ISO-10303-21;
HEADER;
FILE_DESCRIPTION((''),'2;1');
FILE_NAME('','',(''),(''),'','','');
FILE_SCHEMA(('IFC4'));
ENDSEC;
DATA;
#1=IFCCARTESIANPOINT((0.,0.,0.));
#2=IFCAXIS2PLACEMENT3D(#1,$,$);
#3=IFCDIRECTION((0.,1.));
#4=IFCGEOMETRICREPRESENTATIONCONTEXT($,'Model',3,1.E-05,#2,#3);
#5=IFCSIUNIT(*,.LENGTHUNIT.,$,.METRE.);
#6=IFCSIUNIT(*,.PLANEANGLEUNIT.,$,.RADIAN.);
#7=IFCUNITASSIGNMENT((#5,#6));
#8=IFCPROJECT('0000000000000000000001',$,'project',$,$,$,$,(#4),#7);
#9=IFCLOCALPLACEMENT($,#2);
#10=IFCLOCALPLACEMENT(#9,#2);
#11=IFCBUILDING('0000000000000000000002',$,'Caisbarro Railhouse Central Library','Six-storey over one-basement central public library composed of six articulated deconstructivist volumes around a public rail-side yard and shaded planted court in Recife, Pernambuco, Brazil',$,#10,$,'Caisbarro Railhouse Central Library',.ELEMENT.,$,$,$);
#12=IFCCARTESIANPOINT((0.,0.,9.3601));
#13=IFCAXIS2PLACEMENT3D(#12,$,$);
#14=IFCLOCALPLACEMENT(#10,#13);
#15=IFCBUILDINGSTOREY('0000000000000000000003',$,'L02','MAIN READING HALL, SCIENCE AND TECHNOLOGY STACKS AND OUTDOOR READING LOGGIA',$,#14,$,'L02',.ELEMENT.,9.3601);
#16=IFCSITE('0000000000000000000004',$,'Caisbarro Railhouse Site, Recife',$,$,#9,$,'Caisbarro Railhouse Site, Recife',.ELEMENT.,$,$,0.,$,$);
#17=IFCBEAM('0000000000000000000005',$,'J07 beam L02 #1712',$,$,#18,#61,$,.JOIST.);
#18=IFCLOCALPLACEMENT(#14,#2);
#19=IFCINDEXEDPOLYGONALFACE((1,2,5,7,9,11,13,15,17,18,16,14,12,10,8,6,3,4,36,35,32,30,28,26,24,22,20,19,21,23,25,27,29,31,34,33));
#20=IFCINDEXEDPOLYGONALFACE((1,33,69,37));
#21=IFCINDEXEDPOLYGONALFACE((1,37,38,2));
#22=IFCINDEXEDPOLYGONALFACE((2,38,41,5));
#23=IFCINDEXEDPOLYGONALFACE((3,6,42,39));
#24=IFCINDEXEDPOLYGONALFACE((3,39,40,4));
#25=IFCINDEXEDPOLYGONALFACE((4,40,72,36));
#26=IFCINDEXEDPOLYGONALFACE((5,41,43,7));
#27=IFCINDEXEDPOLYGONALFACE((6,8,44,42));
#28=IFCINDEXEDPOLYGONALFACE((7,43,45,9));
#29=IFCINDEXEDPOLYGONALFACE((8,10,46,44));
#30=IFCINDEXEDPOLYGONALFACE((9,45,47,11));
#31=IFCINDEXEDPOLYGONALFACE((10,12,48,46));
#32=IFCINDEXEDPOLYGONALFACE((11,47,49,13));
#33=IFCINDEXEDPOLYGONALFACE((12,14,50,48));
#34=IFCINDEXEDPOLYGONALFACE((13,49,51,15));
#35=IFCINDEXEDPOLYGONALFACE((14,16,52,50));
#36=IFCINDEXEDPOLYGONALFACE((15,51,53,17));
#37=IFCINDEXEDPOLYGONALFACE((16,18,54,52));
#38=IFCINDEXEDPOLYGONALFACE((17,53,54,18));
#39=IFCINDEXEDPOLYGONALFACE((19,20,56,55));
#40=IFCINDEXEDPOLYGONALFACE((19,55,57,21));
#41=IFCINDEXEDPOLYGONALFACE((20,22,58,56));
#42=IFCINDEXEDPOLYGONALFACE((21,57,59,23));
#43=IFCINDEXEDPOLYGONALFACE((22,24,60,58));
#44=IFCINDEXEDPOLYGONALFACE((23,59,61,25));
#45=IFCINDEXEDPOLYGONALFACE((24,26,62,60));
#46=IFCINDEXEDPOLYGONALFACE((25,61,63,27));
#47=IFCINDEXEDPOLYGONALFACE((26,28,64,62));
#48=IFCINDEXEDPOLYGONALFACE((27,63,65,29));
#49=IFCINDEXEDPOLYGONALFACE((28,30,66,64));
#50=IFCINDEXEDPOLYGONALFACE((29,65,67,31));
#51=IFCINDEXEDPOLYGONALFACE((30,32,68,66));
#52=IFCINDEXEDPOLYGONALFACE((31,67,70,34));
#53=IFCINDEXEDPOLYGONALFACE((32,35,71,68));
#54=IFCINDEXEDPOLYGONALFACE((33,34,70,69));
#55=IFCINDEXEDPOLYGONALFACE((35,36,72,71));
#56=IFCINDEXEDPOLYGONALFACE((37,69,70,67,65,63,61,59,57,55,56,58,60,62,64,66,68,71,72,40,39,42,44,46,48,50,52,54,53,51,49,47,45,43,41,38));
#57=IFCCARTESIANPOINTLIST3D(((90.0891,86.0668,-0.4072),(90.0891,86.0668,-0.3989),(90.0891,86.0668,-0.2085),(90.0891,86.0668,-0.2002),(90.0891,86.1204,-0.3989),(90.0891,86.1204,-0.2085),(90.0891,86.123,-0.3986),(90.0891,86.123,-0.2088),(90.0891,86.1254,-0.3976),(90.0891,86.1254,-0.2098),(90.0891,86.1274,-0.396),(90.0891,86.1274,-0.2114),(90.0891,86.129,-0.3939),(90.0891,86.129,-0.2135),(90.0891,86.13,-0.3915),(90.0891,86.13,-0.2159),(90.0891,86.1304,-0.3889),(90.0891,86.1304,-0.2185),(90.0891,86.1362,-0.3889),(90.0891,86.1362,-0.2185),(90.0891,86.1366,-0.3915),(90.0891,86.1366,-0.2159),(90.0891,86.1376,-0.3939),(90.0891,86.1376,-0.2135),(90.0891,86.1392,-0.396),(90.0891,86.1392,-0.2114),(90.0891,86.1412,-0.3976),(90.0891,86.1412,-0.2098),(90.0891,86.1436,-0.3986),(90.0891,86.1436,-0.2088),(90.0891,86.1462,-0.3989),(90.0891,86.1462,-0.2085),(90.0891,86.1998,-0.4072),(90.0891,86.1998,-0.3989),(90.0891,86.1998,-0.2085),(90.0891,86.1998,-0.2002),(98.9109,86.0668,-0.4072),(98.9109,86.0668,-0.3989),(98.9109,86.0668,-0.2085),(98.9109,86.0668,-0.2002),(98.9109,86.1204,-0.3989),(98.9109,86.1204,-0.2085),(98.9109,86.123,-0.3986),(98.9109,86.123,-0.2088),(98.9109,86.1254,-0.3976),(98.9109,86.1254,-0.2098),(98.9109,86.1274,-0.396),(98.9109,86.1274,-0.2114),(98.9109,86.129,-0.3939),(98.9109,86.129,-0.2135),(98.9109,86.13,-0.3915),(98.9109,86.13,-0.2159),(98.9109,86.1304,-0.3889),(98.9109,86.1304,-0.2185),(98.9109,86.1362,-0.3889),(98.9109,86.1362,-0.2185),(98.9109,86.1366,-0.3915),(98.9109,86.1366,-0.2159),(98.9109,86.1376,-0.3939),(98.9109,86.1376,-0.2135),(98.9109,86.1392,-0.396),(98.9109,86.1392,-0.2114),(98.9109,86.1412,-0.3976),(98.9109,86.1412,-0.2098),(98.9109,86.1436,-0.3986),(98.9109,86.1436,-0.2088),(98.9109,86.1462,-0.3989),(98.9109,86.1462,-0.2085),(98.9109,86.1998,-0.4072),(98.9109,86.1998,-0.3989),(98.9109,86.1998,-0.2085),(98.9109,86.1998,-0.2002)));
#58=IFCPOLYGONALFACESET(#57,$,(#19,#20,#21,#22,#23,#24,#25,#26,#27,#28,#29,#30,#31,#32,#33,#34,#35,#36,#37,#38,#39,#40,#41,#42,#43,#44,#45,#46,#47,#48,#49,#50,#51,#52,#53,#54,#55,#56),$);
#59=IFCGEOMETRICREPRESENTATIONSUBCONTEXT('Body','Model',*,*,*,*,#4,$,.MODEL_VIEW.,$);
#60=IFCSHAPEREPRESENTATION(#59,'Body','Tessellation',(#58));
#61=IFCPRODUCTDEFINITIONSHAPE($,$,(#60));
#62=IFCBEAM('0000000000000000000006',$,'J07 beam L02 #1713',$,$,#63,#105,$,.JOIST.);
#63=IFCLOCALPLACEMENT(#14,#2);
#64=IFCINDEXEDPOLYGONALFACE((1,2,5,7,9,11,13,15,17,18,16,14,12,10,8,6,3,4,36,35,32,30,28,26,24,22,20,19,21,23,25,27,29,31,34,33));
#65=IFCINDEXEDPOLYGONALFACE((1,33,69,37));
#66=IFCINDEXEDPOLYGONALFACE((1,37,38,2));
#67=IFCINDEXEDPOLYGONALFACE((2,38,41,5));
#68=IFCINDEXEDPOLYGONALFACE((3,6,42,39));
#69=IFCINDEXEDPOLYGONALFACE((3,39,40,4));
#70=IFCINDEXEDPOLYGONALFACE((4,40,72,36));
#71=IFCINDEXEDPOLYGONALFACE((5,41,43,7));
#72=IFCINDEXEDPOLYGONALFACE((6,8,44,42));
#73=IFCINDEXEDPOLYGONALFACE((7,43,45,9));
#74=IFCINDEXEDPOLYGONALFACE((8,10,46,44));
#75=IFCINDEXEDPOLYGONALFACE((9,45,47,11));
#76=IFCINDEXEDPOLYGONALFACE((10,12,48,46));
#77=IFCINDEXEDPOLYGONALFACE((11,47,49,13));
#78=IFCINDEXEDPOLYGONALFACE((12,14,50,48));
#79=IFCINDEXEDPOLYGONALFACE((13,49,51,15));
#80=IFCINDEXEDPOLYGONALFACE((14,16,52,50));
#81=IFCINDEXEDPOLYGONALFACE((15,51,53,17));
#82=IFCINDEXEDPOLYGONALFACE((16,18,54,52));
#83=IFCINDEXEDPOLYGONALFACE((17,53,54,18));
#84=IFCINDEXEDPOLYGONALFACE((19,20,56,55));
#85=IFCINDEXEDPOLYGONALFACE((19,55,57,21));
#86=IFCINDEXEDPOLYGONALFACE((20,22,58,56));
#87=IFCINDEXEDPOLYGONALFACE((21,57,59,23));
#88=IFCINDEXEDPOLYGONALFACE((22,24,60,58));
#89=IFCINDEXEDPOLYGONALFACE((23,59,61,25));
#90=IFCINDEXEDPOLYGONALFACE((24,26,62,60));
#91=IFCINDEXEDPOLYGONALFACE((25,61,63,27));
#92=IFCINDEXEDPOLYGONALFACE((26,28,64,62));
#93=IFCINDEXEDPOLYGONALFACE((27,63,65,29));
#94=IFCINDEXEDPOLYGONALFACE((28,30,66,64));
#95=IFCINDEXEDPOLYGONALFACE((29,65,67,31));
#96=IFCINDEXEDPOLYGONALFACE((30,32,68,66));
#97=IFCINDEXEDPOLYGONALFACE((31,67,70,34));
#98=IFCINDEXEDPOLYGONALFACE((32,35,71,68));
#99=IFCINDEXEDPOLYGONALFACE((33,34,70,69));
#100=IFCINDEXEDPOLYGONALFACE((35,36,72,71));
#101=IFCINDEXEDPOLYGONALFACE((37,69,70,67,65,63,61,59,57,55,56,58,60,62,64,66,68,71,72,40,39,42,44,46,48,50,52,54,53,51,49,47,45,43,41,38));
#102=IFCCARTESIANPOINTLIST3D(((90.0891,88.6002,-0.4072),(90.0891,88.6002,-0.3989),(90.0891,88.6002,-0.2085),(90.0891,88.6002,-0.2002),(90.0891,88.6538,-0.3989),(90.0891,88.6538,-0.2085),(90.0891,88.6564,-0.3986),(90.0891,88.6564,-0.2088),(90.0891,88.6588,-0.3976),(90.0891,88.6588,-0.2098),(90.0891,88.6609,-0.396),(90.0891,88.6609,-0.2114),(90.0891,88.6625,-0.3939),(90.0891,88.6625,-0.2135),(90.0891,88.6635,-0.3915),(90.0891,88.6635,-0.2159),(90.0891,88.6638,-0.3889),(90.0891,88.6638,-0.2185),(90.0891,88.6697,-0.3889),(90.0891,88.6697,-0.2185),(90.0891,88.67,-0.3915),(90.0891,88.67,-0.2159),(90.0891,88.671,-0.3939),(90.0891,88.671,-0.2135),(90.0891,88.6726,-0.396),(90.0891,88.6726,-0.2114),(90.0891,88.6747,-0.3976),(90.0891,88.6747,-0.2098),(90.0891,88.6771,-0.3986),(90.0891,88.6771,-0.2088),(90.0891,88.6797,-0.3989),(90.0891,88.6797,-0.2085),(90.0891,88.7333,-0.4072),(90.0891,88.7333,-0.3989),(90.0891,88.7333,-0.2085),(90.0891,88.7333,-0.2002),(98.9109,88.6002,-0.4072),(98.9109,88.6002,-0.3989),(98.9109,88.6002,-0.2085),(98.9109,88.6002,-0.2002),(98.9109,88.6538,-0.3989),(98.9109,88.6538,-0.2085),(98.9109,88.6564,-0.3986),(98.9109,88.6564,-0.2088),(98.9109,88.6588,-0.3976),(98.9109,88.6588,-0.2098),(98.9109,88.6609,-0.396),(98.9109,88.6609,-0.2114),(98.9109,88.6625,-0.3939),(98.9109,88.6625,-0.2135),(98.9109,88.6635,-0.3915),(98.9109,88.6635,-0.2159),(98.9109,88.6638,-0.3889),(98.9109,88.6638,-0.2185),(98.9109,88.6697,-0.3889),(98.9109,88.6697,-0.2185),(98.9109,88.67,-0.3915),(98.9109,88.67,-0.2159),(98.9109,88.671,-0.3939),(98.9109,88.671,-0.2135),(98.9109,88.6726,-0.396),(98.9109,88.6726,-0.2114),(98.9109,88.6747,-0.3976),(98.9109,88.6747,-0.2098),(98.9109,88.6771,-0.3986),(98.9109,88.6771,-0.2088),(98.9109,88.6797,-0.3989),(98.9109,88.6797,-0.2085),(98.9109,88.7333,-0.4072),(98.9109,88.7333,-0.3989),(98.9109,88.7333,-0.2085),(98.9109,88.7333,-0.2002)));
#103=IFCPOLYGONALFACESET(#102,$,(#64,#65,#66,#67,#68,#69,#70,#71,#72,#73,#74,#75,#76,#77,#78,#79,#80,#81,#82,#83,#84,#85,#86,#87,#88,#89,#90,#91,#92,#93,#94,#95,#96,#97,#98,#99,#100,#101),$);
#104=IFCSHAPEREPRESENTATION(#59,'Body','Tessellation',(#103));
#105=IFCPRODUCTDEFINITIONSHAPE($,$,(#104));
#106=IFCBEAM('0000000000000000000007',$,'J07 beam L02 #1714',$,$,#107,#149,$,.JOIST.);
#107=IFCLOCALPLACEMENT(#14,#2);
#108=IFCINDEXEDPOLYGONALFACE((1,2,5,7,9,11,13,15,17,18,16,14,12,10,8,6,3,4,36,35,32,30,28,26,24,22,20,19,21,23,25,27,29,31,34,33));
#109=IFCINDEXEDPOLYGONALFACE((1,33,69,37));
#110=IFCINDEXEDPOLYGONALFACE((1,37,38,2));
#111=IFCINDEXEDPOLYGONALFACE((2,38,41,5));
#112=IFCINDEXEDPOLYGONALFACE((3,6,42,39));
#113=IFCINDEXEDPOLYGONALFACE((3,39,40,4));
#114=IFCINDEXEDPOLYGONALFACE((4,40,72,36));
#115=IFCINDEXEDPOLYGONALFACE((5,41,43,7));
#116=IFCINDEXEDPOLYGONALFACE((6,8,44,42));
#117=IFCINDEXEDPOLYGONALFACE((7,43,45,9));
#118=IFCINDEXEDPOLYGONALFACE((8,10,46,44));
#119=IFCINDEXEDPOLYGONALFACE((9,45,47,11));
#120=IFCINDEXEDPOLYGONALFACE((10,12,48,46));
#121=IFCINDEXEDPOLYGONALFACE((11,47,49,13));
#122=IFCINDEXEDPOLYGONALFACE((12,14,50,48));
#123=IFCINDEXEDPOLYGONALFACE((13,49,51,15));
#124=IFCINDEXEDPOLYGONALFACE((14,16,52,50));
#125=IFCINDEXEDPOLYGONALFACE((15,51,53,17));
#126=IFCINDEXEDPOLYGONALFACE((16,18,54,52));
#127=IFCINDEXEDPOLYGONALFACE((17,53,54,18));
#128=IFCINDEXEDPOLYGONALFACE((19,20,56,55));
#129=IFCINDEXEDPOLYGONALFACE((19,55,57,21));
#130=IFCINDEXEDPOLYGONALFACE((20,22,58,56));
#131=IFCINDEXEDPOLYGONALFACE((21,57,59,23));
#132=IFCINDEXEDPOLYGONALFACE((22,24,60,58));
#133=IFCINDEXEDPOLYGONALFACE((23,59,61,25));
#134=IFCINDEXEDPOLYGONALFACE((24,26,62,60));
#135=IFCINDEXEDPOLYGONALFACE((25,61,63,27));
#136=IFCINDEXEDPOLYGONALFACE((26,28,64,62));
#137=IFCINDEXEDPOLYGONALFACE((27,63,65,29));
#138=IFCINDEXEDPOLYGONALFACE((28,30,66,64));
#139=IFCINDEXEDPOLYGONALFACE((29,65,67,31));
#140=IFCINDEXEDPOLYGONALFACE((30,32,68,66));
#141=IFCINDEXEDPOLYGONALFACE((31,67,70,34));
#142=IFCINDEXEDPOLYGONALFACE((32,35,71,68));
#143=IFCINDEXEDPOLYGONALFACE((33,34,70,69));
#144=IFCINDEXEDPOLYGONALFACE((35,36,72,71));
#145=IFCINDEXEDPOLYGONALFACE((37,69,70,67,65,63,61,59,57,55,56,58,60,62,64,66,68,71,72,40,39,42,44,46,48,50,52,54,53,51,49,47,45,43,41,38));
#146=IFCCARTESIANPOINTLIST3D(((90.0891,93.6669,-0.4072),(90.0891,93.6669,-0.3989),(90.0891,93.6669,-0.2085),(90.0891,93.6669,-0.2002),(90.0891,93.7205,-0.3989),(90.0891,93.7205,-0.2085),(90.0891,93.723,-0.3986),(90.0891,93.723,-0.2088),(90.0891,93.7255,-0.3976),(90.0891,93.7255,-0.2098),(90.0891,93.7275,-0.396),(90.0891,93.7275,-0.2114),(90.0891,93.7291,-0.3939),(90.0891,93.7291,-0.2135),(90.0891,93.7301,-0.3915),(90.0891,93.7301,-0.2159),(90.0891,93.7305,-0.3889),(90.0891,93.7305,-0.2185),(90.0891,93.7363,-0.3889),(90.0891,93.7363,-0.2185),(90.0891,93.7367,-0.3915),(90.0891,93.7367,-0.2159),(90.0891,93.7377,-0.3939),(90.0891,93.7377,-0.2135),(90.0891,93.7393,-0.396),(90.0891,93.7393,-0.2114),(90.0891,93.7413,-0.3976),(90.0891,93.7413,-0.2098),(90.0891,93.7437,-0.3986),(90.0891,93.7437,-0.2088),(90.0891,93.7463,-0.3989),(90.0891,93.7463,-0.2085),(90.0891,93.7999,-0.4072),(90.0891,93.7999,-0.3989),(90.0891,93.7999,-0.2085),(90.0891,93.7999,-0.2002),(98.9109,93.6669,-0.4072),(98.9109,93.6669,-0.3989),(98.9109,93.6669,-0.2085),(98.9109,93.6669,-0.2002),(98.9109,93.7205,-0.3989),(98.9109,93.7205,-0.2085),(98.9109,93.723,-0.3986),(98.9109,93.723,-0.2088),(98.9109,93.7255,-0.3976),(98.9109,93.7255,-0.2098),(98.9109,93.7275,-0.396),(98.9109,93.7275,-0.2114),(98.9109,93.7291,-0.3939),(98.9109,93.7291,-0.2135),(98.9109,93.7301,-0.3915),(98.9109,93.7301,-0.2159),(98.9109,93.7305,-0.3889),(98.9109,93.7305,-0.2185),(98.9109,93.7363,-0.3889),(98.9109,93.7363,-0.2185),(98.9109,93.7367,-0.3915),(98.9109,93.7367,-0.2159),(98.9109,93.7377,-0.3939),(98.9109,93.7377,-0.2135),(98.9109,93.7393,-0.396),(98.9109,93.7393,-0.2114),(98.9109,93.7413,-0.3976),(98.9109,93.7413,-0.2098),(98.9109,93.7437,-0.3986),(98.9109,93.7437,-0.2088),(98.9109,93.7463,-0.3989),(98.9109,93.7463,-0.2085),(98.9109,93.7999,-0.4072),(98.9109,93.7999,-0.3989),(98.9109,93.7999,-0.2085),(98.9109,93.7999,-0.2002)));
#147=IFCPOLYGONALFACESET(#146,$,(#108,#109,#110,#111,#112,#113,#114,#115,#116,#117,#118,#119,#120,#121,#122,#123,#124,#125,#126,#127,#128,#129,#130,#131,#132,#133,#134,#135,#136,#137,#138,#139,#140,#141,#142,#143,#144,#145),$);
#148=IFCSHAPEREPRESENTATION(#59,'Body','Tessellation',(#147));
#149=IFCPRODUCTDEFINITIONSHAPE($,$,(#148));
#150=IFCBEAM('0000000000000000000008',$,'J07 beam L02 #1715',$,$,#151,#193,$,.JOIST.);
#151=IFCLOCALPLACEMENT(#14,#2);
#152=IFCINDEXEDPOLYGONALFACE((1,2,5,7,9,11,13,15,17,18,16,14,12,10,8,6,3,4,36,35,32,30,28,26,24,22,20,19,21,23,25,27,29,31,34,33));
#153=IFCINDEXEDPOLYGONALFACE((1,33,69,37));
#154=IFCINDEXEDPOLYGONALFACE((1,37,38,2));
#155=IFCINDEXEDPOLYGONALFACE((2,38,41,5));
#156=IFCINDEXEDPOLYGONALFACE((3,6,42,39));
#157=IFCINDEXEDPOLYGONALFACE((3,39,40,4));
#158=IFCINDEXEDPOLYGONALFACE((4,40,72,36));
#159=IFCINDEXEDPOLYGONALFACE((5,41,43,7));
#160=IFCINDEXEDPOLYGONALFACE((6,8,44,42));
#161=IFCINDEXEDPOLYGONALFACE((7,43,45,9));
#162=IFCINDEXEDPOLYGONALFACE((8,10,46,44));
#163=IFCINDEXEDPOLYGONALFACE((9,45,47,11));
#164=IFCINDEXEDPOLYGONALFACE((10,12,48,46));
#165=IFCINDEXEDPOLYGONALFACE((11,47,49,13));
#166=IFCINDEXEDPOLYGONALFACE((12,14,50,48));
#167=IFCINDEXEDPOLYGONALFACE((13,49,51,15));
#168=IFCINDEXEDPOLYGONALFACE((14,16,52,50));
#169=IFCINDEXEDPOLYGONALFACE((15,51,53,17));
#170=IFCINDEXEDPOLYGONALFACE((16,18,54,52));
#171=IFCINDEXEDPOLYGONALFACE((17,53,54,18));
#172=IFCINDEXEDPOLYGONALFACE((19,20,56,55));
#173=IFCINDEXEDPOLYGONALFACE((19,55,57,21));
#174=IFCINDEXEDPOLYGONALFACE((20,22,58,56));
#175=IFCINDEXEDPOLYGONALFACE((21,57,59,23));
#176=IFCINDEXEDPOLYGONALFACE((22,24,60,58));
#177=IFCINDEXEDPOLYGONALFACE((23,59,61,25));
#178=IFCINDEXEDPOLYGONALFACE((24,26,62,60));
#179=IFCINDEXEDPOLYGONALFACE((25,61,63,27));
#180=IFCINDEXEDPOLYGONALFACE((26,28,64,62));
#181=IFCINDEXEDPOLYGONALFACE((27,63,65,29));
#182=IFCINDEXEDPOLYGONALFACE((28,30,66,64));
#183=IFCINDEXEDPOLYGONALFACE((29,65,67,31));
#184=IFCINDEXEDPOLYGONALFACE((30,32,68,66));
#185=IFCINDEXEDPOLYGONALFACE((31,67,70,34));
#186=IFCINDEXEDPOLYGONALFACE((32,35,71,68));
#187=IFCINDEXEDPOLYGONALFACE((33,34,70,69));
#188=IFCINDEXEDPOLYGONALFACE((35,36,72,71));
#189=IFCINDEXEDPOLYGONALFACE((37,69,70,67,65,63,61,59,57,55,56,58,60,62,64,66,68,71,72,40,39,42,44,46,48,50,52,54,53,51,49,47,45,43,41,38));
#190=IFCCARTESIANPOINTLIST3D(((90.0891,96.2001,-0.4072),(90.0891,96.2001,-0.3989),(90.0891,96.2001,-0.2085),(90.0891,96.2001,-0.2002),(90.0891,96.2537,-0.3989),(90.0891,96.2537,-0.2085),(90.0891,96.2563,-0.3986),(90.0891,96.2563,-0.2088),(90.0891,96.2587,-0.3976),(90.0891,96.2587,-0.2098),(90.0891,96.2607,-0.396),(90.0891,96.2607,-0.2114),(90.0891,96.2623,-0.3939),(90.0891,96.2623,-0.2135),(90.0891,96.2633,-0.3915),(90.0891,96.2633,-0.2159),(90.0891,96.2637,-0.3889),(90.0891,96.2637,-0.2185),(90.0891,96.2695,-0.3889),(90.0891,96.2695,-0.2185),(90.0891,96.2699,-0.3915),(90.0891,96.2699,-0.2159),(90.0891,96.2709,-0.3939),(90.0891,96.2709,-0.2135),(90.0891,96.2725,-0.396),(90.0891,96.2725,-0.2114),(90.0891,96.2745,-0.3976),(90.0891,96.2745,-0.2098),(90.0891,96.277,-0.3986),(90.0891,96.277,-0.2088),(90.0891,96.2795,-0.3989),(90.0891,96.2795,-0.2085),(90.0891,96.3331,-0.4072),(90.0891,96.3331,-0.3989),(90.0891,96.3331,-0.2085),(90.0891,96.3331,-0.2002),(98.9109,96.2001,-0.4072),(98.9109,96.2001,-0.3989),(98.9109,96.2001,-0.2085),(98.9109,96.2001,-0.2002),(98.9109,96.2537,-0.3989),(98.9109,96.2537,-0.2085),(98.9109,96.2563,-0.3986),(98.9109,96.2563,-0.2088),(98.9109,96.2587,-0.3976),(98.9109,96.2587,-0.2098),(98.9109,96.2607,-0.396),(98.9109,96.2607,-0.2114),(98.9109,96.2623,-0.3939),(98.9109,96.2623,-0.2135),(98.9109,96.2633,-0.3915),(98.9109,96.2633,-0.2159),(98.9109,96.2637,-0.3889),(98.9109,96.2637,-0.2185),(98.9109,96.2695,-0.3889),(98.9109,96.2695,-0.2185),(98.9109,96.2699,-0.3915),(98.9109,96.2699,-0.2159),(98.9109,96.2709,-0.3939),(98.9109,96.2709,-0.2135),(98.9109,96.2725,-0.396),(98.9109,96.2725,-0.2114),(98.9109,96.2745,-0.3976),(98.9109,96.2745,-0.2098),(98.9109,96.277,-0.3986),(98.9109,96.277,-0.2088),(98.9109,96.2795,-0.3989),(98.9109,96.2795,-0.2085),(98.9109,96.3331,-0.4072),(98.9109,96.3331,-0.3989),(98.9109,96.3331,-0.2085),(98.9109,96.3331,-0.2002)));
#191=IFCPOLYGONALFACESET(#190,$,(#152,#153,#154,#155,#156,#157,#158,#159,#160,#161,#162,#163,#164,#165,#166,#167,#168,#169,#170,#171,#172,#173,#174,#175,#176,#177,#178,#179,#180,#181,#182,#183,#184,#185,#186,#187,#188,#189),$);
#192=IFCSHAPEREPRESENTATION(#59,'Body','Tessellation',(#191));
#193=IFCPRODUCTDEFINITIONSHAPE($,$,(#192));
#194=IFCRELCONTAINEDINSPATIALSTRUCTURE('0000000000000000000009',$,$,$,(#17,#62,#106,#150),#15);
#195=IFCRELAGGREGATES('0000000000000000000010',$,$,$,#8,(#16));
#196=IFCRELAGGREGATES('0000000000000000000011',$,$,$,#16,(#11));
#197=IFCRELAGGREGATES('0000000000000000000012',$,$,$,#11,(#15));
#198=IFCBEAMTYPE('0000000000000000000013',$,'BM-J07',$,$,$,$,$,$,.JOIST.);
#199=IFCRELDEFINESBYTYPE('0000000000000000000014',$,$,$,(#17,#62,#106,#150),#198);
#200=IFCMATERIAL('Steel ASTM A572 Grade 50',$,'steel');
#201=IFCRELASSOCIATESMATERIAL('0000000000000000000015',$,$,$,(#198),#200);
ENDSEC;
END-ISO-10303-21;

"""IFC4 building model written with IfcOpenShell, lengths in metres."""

from ifc_helpers import new_model, si_unit, direction, frame, origin, origin_2d, place, context, subcontext, project, spatial, i_section, extrude, material, material_profile, profile_set, type_object, element, save


model = new_model("IFC4")

# Units and contexts
model_context = context("Model", 3, precision=1e-05, world=origin(), true_north=direction((0.0, 1.0)))
body_context = subcontext(model_context, "Body", "Model", "MODEL_VIEW")
ifc_project = project(units=[si_unit("LENGTHUNIT", "METRE"), si_unit("PLANEANGLEUNIT", "RADIAN")], contexts=[model_context])

# Site, building, storey
site_placement = place(None, origin())
site = spatial("IfcSite", under=ifc_project, at=site_placement, Name="Caisbarro Railhouse Site, Recife", LongName="Caisbarro Railhouse Site, Recife", CompositionType="ELEMENT", RefElevation=0.0)
building_placement = place(site_placement, origin())
building = spatial("IfcBuilding", under=site, at=building_placement, Name="Caisbarro Railhouse Central Library", Description="Six-storey over one-basement central public library composed of six articulated deconstructivist volumes around a public rail-side yard and shaded planted court in Recife, Pernambuco, Brazil", LongName="Caisbarro Railhouse Central Library", CompositionType="ELEMENT")
storey_placement = place(building_placement, frame((0.0, 0.0, 9.3601)))
storey = spatial("IfcBuildingStorey", under=building, at=storey_placement, Name="L02", Description="MAIN READING HALL, SCIENCE AND TECHNOLOGY STACKS AND OUTDOOR READING LOGGIA", LongName="L02", CompositionType="ELEMENT", Elevation=9.3601)

# Shared definitions
ifc_material_1 = material(Name="Steel ASTM A572 Grade 50", Category="steel")

# Beams
ifc_material_profile_1 = material_profile(ifc_material_1, i_section(OverallWidth=0.1331, OverallDepth=0.207, WebThickness=0.0059, FlangeThickness=0.0083, FilletRadius=0.01, at=origin_2d()), Name="W200X26.6")
ifc_profile_set_1 = profile_set([ifc_material_profile_1], Name="Steel ASTM A572 Grade 50")
beam_type_1 = type_object("IfcBeamType", Name="BM-J07", PredefinedType="JOIST", material=ifc_profile_set_1)
for number, where, z_axis, x_axis, name in (
    (1, (90.0891, 86.1333, -0.3037), (1.0, 0.0, 0.0), (0.0, 1.0, 0.0), "J07 beam L02 #1712"),
    (2, (90.0891, 88.6667, -0.3037), (1.0, 0.0, 0.0), (0.0, 1.0, 0.0), "J07 beam L02 #1713"),
    (3, (90.0891, 93.7334, -0.3037), (1.0, 0.0, 0.0), (0.0, 1.0, 0.0), "J07 beam L02 #1714"),
    (4, (90.0891, 96.2666, -0.3037), (1.0, 0.0, 0.0), (0.0, 1.0, 0.0), "J07 beam L02 #1715"),
):
    element("IfcBeam", number, at=place(storey_placement, frame(where, z_axis=z_axis, x_axis=x_axis)), inside=storey, type_object=beam_type_1, Name=name, PredefinedType="JOIST", context=body_context, shape_type="SweptSolid", body=[
        extrude(i_section(OverallWidth=0.1331, OverallDepth=0.207, WebThickness=0.0059, FlangeThickness=0.0083, FilletRadius=0.01, at=origin_2d()), origin(), (0.0, 0.0, 1.0), 8.8218),
    ])

save(model, "model.ifc")
